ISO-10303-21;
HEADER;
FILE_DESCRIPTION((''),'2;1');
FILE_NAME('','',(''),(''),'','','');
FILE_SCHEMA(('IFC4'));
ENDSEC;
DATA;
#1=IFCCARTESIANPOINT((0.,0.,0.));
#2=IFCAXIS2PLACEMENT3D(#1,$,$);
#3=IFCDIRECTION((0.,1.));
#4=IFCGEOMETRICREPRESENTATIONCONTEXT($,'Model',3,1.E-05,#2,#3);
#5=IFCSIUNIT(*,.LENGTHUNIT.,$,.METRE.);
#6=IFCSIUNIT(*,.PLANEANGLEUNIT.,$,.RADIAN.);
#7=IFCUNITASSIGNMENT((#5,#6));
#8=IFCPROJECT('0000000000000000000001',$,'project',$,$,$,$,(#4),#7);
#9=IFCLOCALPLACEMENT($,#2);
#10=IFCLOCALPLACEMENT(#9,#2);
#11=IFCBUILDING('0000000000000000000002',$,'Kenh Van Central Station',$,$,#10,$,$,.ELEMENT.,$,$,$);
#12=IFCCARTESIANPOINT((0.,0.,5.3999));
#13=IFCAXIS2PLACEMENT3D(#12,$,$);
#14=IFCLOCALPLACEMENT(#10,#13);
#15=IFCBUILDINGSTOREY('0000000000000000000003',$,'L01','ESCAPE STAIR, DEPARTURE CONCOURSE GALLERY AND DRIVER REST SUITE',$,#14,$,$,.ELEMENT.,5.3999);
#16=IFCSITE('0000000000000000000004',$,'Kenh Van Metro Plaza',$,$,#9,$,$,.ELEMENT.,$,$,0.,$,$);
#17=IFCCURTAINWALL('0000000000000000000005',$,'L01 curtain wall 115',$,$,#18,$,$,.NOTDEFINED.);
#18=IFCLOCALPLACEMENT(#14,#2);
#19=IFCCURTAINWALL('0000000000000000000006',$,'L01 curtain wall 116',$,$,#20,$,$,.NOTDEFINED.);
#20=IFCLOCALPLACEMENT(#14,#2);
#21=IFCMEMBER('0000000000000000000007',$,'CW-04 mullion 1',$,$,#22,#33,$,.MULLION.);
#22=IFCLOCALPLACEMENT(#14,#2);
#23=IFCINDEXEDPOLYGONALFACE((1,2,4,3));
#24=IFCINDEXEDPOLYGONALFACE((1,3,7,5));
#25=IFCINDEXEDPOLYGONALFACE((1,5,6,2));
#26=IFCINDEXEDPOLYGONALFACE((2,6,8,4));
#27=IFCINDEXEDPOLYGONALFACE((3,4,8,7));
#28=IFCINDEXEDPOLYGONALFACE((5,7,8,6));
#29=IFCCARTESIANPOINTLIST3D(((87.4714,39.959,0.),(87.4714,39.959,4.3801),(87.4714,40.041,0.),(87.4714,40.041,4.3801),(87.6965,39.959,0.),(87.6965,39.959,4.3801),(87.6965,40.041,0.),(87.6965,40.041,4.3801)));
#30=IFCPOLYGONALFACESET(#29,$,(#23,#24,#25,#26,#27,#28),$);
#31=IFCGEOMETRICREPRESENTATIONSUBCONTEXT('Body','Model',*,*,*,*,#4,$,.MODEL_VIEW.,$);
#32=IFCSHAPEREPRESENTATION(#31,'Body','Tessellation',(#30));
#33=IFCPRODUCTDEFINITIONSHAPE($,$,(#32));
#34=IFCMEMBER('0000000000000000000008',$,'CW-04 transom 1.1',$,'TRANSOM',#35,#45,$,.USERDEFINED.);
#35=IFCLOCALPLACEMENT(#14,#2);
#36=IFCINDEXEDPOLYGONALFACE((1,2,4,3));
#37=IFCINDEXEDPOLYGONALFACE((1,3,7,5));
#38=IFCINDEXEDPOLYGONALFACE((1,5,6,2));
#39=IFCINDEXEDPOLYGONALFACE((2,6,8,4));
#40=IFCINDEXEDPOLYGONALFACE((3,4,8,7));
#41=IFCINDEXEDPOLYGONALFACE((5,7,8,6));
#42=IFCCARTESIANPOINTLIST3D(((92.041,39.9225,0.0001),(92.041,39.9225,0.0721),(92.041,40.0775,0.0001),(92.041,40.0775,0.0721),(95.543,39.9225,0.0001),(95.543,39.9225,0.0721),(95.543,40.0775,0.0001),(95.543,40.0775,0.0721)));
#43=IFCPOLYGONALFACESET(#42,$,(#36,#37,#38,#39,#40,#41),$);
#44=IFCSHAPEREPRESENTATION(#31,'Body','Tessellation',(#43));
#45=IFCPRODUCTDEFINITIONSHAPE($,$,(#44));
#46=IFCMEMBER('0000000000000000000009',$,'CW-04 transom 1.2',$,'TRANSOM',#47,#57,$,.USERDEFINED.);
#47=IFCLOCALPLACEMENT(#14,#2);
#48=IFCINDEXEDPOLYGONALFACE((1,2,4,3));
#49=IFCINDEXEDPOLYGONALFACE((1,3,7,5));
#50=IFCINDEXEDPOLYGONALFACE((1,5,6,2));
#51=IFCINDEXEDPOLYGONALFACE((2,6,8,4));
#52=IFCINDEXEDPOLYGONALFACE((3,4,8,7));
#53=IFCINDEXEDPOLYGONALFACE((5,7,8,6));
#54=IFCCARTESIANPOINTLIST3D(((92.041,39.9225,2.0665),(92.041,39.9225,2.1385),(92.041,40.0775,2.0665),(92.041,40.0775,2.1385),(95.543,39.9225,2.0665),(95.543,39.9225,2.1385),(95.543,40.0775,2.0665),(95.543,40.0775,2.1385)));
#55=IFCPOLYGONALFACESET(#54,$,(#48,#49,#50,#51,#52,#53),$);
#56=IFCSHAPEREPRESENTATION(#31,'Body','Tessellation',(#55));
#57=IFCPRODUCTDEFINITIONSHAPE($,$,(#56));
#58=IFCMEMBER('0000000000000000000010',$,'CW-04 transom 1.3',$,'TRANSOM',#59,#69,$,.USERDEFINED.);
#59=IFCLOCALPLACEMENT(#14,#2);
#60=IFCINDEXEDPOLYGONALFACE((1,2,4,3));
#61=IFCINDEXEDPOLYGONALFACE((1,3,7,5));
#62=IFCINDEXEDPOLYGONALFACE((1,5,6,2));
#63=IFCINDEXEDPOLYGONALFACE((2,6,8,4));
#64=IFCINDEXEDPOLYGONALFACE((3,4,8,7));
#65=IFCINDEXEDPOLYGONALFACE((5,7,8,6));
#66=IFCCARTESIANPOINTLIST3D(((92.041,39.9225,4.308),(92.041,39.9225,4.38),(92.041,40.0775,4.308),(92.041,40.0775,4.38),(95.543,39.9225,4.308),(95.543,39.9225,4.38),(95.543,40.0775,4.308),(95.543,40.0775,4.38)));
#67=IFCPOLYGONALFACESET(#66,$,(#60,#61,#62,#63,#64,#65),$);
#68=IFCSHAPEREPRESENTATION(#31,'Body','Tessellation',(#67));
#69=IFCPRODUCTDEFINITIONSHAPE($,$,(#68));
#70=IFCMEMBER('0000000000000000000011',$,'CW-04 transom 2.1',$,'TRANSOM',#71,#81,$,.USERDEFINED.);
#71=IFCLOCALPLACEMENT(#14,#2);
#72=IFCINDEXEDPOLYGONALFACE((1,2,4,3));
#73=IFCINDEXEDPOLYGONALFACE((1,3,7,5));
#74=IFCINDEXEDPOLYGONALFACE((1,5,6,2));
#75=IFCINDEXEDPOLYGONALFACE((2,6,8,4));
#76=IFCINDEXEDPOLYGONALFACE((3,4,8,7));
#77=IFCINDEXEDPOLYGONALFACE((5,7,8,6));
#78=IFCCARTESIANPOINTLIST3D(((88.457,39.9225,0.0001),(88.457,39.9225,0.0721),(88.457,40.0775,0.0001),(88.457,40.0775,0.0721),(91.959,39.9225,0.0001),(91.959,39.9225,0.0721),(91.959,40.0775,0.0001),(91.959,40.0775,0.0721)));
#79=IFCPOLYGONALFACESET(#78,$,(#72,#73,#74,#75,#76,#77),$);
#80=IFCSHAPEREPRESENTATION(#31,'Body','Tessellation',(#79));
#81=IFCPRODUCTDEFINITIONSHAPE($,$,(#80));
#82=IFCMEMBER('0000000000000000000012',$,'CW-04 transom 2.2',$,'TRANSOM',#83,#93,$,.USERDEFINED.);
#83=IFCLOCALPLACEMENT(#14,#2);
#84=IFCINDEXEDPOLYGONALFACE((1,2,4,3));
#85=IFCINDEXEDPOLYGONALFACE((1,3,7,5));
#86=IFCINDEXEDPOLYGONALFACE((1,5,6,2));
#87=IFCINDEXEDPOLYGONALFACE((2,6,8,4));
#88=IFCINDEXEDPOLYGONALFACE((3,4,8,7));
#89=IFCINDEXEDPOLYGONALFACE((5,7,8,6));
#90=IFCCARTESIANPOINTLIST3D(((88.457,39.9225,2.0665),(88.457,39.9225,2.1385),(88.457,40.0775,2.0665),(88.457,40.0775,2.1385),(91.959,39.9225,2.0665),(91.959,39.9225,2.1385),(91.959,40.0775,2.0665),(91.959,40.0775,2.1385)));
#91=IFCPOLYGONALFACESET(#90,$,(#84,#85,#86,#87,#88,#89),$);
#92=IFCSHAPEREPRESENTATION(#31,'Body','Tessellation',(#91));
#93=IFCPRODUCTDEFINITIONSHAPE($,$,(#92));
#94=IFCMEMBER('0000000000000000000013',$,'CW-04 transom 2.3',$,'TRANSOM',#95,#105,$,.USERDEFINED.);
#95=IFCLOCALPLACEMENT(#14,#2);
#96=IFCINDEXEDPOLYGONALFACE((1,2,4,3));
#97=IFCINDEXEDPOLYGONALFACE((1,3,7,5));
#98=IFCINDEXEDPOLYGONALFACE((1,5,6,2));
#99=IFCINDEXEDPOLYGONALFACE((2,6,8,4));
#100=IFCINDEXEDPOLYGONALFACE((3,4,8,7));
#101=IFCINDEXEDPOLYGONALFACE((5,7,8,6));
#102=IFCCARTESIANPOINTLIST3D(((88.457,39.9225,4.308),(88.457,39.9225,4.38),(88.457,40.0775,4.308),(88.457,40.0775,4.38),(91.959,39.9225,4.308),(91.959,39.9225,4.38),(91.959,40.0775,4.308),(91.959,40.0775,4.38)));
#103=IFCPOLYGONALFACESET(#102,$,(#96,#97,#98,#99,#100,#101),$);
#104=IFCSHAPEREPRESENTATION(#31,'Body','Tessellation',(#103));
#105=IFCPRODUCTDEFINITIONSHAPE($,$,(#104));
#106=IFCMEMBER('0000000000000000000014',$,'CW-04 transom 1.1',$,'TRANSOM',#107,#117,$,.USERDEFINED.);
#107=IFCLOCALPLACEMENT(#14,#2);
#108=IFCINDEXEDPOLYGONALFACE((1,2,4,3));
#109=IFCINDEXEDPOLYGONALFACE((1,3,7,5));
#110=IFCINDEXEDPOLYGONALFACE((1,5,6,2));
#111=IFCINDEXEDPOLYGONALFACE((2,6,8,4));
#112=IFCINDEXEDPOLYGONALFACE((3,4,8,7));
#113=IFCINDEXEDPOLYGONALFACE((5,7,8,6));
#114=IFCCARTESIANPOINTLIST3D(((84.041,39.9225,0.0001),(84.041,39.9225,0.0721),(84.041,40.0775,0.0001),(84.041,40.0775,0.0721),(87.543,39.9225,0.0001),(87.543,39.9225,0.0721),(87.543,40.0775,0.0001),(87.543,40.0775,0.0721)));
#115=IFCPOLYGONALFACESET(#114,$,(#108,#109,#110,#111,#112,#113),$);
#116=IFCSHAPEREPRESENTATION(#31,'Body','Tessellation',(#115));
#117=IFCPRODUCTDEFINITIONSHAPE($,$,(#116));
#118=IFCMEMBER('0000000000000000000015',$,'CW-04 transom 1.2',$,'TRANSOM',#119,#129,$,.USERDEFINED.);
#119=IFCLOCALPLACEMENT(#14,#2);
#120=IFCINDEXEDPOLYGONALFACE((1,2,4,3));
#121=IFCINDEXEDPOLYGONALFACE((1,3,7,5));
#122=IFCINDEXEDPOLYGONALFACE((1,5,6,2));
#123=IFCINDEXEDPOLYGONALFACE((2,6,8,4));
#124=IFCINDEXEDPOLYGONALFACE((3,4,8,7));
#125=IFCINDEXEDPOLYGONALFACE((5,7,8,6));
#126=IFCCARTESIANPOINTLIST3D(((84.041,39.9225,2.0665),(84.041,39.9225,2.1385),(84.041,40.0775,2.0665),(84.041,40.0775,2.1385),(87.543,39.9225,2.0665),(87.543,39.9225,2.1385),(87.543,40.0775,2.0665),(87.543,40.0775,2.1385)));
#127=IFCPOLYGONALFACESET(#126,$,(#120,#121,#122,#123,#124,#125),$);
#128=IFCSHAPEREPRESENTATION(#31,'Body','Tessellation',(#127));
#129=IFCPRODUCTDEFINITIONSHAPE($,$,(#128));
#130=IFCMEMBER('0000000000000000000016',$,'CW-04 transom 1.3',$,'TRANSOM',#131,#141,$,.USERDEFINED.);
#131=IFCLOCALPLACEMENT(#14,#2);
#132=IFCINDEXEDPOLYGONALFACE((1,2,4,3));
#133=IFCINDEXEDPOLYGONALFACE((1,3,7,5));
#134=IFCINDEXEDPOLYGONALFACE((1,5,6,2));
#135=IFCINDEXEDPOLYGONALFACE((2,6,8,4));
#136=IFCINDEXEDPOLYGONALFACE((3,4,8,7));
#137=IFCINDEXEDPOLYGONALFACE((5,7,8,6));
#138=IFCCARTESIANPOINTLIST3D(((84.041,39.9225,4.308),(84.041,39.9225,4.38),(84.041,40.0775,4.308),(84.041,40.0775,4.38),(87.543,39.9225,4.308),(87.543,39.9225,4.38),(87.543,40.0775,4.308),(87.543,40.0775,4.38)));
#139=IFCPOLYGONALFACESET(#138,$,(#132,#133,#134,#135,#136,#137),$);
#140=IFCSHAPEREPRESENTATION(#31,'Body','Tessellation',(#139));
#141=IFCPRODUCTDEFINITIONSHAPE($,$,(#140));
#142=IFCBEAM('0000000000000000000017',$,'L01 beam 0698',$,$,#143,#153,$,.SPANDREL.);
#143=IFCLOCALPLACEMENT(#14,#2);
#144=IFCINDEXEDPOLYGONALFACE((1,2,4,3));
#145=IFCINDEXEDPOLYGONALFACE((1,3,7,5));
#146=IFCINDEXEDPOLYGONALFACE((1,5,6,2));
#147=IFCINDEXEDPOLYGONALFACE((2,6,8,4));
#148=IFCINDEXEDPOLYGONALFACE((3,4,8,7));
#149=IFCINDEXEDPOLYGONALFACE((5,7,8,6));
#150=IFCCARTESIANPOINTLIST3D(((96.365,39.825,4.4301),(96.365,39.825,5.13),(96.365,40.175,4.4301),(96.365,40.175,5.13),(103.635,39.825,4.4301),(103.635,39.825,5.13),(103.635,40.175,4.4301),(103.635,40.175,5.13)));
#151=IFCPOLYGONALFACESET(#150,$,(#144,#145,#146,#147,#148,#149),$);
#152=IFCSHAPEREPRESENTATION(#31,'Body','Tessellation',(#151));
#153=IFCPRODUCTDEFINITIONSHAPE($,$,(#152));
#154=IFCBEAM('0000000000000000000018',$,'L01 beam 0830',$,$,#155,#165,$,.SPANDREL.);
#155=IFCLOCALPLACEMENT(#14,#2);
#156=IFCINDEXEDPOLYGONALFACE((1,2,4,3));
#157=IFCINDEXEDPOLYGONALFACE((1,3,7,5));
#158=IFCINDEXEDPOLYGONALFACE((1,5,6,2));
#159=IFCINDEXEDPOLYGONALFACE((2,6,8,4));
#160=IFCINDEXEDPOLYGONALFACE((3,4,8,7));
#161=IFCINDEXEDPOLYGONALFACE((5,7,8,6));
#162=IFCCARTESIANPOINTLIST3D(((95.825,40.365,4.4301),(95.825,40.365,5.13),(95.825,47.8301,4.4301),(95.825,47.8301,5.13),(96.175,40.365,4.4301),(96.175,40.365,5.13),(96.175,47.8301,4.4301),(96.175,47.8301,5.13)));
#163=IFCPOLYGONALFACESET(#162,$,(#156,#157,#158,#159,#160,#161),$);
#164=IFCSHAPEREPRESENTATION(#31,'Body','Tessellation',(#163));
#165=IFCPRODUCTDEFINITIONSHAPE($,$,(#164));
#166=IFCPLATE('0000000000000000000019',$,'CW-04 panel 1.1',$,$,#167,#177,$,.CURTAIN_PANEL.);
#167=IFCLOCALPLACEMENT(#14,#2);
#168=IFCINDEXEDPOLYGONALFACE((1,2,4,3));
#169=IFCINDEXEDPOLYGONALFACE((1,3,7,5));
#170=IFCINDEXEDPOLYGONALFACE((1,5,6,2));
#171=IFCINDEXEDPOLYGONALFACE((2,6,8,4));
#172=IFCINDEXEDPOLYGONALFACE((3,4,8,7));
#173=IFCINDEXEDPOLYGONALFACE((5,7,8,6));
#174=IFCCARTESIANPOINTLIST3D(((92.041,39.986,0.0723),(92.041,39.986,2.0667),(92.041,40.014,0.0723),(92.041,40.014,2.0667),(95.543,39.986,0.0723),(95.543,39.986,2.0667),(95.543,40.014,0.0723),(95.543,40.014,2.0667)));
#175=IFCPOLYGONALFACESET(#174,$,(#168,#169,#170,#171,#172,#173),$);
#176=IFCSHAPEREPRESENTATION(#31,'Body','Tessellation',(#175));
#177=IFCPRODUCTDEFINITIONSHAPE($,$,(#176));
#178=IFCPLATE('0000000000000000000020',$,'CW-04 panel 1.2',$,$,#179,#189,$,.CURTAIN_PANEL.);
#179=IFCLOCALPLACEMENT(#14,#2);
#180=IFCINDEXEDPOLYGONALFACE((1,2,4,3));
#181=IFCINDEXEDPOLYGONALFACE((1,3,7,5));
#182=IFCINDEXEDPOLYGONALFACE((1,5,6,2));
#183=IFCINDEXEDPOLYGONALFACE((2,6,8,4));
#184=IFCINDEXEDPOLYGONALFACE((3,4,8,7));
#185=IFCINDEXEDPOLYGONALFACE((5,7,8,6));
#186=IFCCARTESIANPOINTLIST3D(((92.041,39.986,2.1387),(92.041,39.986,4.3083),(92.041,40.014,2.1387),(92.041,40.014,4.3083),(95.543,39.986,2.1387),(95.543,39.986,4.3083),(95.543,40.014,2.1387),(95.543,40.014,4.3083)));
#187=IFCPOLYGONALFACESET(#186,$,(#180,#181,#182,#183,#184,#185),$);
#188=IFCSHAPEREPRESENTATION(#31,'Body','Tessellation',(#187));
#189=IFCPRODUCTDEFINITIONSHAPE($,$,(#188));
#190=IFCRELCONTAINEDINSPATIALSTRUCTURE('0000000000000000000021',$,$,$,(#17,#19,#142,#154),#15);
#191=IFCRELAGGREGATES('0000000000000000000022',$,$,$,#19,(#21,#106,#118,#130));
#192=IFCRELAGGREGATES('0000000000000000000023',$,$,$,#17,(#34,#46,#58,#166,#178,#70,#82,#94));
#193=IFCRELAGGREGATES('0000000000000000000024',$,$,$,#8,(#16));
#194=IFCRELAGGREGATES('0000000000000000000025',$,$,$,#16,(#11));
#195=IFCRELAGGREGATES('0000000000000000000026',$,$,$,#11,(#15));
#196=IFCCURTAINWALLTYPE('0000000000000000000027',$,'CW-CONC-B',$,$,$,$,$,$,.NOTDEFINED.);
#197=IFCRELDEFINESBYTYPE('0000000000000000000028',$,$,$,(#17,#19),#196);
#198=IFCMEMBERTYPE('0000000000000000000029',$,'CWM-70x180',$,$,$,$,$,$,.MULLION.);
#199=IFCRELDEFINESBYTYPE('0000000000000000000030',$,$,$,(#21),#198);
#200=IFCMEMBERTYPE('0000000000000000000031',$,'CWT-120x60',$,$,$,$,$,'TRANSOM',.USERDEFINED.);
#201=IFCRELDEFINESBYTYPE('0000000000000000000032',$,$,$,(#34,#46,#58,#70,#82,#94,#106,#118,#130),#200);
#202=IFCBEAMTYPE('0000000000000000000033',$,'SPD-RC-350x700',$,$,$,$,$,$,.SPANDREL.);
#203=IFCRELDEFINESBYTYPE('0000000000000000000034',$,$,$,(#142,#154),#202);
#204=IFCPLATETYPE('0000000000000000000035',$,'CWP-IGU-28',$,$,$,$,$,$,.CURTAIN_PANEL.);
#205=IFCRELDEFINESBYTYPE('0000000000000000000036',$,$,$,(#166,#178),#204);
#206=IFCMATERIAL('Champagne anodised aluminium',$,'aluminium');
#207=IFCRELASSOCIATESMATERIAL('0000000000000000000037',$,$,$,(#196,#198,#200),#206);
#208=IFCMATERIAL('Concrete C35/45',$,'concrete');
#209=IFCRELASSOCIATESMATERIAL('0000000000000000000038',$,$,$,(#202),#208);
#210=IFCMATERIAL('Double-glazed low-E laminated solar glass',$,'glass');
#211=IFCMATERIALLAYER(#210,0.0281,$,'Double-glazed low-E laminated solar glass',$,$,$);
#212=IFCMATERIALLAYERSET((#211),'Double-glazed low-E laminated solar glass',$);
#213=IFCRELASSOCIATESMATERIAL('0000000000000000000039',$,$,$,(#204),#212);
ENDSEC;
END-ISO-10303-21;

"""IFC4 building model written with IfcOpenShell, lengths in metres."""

from ifc_helpers import new_model, si_unit, direction, frame, origin, origin_2d, place, context, subcontext, project, spatial, rectangle, extrude, material, layer, layer_set, material_profile, profile_set, type_object, element, aggregate, save


model = new_model("IFC4")

# Units and contexts
model_context = context("Model", 3, precision=1e-05, world=origin(), true_north=direction((0.0, 1.0)))
body_context = subcontext(model_context, "Body", "Model", "MODEL_VIEW")
ifc_project = project(units=[si_unit("LENGTHUNIT", "METRE"), si_unit("PLANEANGLEUNIT", "RADIAN")], contexts=[model_context])

# Site, building, storey
site_placement = place(None, origin())
site = spatial("IfcSite", under=ifc_project, at=site_placement, Name="Kenh Van Metro Plaza", CompositionType="ELEMENT", RefElevation=0.0)
building_placement = place(site_placement, origin())
building = spatial("IfcBuilding", under=site, at=building_placement, Name="Kenh Van Central Station", CompositionType="ELEMENT")
storey_placement = place(building_placement, frame((0.0, 0.0, 5.3999)))
storey = spatial("IfcBuildingStorey", under=building, at=storey_placement, Name="L01", Description="ESCAPE STAIR, DEPARTURE CONCOURSE GALLERY AND DRIVER REST SUITE", CompositionType="ELEMENT", Elevation=5.3999)

# Shared definitions
ifc_material_1 = material(Name="Concrete C35/45", Category="concrete")

# Shared definitions
ifc_material_2 = material(Name="Champagne anodised aluminium", Category="aluminium")
curtain_wall_type = type_object("IfcCurtainWallType", Name="CW-CONC-B", PredefinedType="NOTDEFINED", material=ifc_material_2)
ifc_material_profile_1 = material_profile(ifc_material_2, rectangle(XDim=0.082, YDim=0.2251, at=origin_2d()), Name="AL 82x225")
ifc_profile_set_1 = profile_set([ifc_material_profile_1], Name="Champagne anodised aluminium")
member_type_1 = type_object("IfcMemberType", Name="CWM-70x180", PredefinedType="MULLION", material=ifc_profile_set_1)

# Curtain wall
curtain_wall_1_placement = place(storey_placement, origin())
curtain_wall_1 = element("IfcCurtainWall", 1, at=curtain_wall_1_placement, inside=storey, type_object=curtain_wall_type, Name="L01 curtain wall 115", PredefinedType="NOTDEFINED")

# Curtain wall, member
curtain_wall_2_placement = place(storey_placement, origin())
curtain_wall_2 = element("IfcCurtainWall", 2, at=curtain_wall_2_placement, inside=storey, type_object=curtain_wall_type, Name="L01 curtain wall 116", PredefinedType="NOTDEFINED")
member_1_placement = place(storey_placement, frame((87.584, 40.0, 0.0), z_axis=(0.0, 0.0, 1.0), x_axis=(0.0, -1.0, 0.0)))
member_1 = element("IfcMember", 3, at=member_1_placement, type_object=member_type_1, Name="CW-04 mullion 1", PredefinedType="MULLION", context=body_context, shape_type="SweptSolid", body=[
    extrude(rectangle(XDim=0.082, YDim=0.2251, at=origin_2d()), origin(), (0.0, 0.0, 1.0), 4.3801),
])

# Members
ifc_material_profile_2 = material_profile(ifc_material_2, rectangle(XDim=0.155, YDim=0.072, at=origin_2d()), Name="AL 155x72")
ifc_profile_set_2 = profile_set([ifc_material_profile_2], Name="Champagne anodised aluminium")
member_type_2 = type_object("IfcMemberType", Name="CWT-120x60", ElementType="TRANSOM", PredefinedType="USERDEFINED", material=ifc_profile_set_2)
member_2_placement = place(storey_placement, frame((95.543, 40.0, 0.0361), z_axis=(-1.0, 0.0, 0.0), x_axis=(0.0, -1.0, 0.0)))
member_2 = element("IfcMember", 4, at=member_2_placement, type_object=member_type_2, Name="CW-04 transom 1.1", ObjectType="TRANSOM", PredefinedType="USERDEFINED", context=body_context, shape_type="SweptSolid", body=[
    extrude(rectangle(XDim=0.155, YDim=0.072, at=origin_2d()), origin(), (0.0, 0.0, 1.0), 3.502),
])
member_3_placement = place(storey_placement, frame((95.543, 40.0, 2.1025), z_axis=(-1.0, 0.0, 0.0), x_axis=(0.0, -1.0, 0.0)))
member_3 = element("IfcMember", 5, at=member_3_placement, type_object=member_type_2, Name="CW-04 transom 1.2", ObjectType="TRANSOM", PredefinedType="USERDEFINED", context=body_context, shape_type="SweptSolid", body=[
    extrude(rectangle(XDim=0.155, YDim=0.072, at=origin_2d()), origin(), (0.0, 0.0, 1.0), 3.502),
])
member_4_placement = place(storey_placement, frame((95.543, 40.0, 4.344), z_axis=(-1.0, 0.0, 0.0), x_axis=(0.0, -1.0, 0.0)))
member_4 = element("IfcMember", 6, at=member_4_placement, type_object=member_type_2, Name="CW-04 transom 1.3", ObjectType="TRANSOM", PredefinedType="USERDEFINED", context=body_context, shape_type="SweptSolid", body=[
    extrude(rectangle(XDim=0.155, YDim=0.072, at=origin_2d()), origin(), (0.0, 0.0, 1.0), 3.502),
])
member_5_placement = place(storey_placement, frame((91.959, 40.0, 0.0361), z_axis=(-1.0, 0.0, 0.0), x_axis=(0.0, -1.0, 0.0)))
member_5 = element("IfcMember", 7, at=member_5_placement, type_object=member_type_2, Name="CW-04 transom 2.1", ObjectType="TRANSOM", PredefinedType="USERDEFINED", context=body_context, shape_type="SweptSolid", body=[
    extrude(rectangle(XDim=0.155, YDim=0.072, at=origin_2d()), origin(), (0.0, 0.0, 1.0), 3.502),
])
member_6_placement = place(storey_placement, frame((91.959, 40.0, 2.1025), z_axis=(-1.0, 0.0, 0.0), x_axis=(0.0, -1.0, 0.0)))
member_6 = element("IfcMember", 8, at=member_6_placement, type_object=member_type_2, Name="CW-04 transom 2.2", ObjectType="TRANSOM", PredefinedType="USERDEFINED", context=body_context, shape_type="SweptSolid", body=[
    extrude(rectangle(XDim=0.155, YDim=0.072, at=origin_2d()), origin(), (0.0, 0.0, 1.0), 3.502),
])
member_7_placement = place(storey_placement, frame((91.959, 40.0, 4.344), z_axis=(-1.0, 0.0, 0.0), x_axis=(0.0, -1.0, 0.0)))
member_7 = element("IfcMember", 9, at=member_7_placement, type_object=member_type_2, Name="CW-04 transom 2.3", ObjectType="TRANSOM", PredefinedType="USERDEFINED", context=body_context, shape_type="SweptSolid", body=[
    extrude(rectangle(XDim=0.155, YDim=0.072, at=origin_2d()), origin(), (0.0, 0.0, 1.0), 3.502),
])
member_8_placement = place(storey_placement, frame((87.543, 40.0, 0.0361), z_axis=(-1.0, 0.0, 0.0), x_axis=(0.0, -1.0, 0.0)))
member_8 = element("IfcMember", 10, at=member_8_placement, type_object=member_type_2, Name="CW-04 transom 1.1", ObjectType="TRANSOM", PredefinedType="USERDEFINED", context=body_context, shape_type="SweptSolid", body=[
    extrude(rectangle(XDim=0.155, YDim=0.072, at=origin_2d()), origin(), (0.0, 0.0, 1.0), 3.502),
])
member_9_placement = place(storey_placement, frame((87.543, 40.0, 2.1025), z_axis=(-1.0, 0.0, 0.0), x_axis=(0.0, -1.0, 0.0)))
member_9 = element("IfcMember", 11, at=member_9_placement, type_object=member_type_2, Name="CW-04 transom 1.2", ObjectType="TRANSOM", PredefinedType="USERDEFINED", context=body_context, shape_type="SweptSolid", body=[
    extrude(rectangle(XDim=0.155, YDim=0.072, at=origin_2d()), origin(), (0.0, 0.0, 1.0), 3.502),
])
member_10_placement = place(storey_placement, frame((87.543, 40.0, 4.344), z_axis=(-1.0, 0.0, 0.0), x_axis=(0.0, -1.0, 0.0)))
member_10 = element("IfcMember", 12, at=member_10_placement, type_object=member_type_2, Name="CW-04 transom 1.3", ObjectType="TRANSOM", PredefinedType="USERDEFINED", context=body_context, shape_type="SweptSolid", body=[
    extrude(rectangle(XDim=0.155, YDim=0.072, at=origin_2d()), origin(), (0.0, 0.0, 1.0), 3.502),
])
aggregate(curtain_wall_2, [member_1, member_8, member_9, member_10])

# Beams
ifc_material_profile_3 = material_profile(ifc_material_1, rectangle(XDim=0.3501, YDim=0.7, at=origin_2d()), Name="RC 350x700")
ifc_profile_set_3 = profile_set([ifc_material_profile_3], Name="Concrete C35/45")
beam_type_1 = type_object("IfcBeamType", Name="SPD-RC-350x700", PredefinedType="SPANDREL", material=ifc_profile_set_3)
beam_1_placement = place(storey_placement, frame((96.365, 40.0, 4.78), z_axis=(1.0, 0.0, 0.0), x_axis=(0.0, 1.0, 0.0)))
element("IfcBeam", 13, at=beam_1_placement, inside=storey, type_object=beam_type_1, Name="L01 beam 0698", PredefinedType="SPANDREL", context=body_context, shape_type="SweptSolid", body=[
    extrude(rectangle(XDim=0.3501, YDim=0.7, at=origin_2d()), origin(), (0.0, 0.0, 1.0), 7.27),
])
beam_2_placement = place(storey_placement, frame((96.0, 40.365, 4.78), z_axis=(0.0, 1.0, 0.0), x_axis=(-1.0, 0.0, 0.0)))
element("IfcBeam", 14, at=beam_2_placement, inside=storey, type_object=beam_type_1, Name="L01 beam 0830", PredefinedType="SPANDREL", context=body_context, shape_type="SweptSolid", body=[
    extrude(rectangle(XDim=0.3501, YDim=0.7, at=origin_2d()), origin(), (0.0, 0.0, 1.0), 7.4651),
])

# Plates
ifc_material_3 = material(Name="Double-glazed low-E laminated solar glass", Category="glass")
ifc_layer_1 = layer(ifc_material_3, 0.0281, Name="Double-glazed low-E laminated solar glass")
ifc_layer_set_1 = layer_set([ifc_layer_1], Name="Double-glazed low-E laminated solar glass")
plate_type = type_object("IfcPlateType", Name="CWP-IGU-28", PredefinedType="CURTAIN_PANEL", material=ifc_layer_set_1)
plate_1_placement = place(storey_placement, frame((93.792, 40.0, 0.0723), z_axis=(0.0, 0.0, 1.0), x_axis=(-1.0, 0.0, 0.0)))
plate_1 = element("IfcPlate", 15, at=plate_1_placement, type_object=plate_type, Name="CW-04 panel 1.1", PredefinedType="CURTAIN_PANEL", context=body_context, shape_type="SweptSolid", body=[
    extrude(rectangle(XDim=3.502, YDim=0.0281, at=origin_2d()), origin(), (0.0, 0.0, 1.0), 1.9944),
])
plate_2_placement = place(storey_placement, frame((93.792, 40.0, 2.1387), z_axis=(0.0, 0.0, 1.0), x_axis=(-1.0, 0.0, 0.0)))
plate_2 = element("IfcPlate", 16, at=plate_2_placement, type_object=plate_type, Name="CW-04 panel 1.2", PredefinedType="CURTAIN_PANEL", context=body_context, shape_type="SweptSolid", body=[
    extrude(rectangle(XDim=3.502, YDim=0.0281, at=origin_2d()), origin(), (0.0, 0.0, 1.0), 2.1697),
])
aggregate(curtain_wall_1, [member_2, member_3, member_4, plate_1, plate_2, member_5, member_6, member_7])

save(model, "model.ifc")
